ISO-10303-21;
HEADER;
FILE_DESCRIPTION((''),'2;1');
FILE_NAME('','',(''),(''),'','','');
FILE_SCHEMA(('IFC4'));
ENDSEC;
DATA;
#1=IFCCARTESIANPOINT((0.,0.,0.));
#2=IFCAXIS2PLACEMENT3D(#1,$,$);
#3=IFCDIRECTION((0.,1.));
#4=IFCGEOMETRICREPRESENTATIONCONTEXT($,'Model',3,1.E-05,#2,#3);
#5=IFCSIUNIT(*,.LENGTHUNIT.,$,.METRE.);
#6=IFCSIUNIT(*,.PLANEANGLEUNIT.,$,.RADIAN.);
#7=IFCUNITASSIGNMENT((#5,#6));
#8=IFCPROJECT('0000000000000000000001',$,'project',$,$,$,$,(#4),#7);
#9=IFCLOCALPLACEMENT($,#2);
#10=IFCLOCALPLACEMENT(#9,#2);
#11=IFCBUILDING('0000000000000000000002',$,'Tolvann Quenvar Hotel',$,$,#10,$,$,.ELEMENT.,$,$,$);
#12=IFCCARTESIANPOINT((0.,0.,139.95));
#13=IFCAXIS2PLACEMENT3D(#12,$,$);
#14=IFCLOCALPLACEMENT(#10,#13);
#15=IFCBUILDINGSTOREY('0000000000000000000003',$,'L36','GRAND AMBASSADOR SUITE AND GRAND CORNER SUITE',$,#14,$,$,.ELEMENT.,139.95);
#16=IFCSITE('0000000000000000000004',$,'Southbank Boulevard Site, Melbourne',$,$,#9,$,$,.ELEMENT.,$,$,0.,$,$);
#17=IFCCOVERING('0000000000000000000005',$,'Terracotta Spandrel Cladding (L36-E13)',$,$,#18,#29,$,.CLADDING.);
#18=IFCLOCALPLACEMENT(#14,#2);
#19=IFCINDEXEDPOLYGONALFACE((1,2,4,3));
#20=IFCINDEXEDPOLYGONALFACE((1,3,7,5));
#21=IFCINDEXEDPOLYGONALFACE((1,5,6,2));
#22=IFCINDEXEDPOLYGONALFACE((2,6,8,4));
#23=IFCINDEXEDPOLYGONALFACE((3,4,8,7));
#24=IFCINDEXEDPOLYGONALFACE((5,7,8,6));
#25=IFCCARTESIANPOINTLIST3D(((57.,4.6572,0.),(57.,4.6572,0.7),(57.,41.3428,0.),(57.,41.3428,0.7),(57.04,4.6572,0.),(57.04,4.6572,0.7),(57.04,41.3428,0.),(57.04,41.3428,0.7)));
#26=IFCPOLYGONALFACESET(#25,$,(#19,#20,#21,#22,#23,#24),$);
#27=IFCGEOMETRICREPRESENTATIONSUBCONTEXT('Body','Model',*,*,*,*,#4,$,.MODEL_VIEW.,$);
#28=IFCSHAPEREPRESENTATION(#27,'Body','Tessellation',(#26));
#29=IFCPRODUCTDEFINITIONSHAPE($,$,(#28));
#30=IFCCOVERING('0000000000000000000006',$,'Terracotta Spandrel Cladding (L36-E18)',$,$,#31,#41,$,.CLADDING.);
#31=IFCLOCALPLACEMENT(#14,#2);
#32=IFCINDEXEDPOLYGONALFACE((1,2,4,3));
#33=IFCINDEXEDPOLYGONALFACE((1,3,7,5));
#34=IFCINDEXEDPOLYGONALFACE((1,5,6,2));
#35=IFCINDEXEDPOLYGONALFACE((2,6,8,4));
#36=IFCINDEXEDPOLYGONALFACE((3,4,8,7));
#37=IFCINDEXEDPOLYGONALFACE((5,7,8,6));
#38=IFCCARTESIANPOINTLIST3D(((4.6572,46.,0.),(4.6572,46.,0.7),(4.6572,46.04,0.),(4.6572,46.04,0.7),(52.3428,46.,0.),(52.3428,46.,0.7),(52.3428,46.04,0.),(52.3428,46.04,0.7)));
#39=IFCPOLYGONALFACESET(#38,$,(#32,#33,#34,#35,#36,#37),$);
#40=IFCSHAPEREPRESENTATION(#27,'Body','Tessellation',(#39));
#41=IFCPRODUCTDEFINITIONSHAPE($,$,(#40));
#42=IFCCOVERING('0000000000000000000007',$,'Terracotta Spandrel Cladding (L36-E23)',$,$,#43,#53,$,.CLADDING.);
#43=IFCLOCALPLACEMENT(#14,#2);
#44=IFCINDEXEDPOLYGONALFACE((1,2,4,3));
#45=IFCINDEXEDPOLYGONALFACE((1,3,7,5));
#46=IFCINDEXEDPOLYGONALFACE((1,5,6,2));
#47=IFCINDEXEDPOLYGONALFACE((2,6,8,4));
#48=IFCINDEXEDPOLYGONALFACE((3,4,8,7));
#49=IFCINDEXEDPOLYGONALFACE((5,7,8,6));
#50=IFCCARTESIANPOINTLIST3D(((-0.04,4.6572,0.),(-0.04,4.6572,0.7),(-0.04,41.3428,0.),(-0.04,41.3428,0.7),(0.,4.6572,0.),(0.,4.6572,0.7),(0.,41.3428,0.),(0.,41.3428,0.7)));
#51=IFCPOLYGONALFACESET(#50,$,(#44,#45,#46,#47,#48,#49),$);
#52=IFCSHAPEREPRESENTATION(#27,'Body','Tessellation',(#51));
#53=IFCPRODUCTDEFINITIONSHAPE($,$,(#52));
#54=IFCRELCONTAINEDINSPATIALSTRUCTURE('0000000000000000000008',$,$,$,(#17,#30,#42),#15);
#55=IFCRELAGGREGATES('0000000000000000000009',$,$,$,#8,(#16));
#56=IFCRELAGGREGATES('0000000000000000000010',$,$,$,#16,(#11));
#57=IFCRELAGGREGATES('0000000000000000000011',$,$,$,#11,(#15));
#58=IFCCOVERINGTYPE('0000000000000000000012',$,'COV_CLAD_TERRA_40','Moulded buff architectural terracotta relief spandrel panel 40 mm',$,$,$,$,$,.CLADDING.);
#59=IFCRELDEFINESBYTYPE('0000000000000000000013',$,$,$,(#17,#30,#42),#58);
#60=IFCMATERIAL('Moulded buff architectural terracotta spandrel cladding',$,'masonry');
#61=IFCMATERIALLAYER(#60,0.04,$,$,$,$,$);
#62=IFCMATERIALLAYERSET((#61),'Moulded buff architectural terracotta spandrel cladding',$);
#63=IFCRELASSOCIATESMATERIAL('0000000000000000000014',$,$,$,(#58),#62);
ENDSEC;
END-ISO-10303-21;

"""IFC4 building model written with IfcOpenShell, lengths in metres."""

from ifc_helpers import new_model, si_unit, direction, frame, origin, place, context, subcontext, project, spatial, polyline, outline, extrude, material, layer, layer_set, type_object, element, save


model = new_model("IFC4")

# Units and contexts
model_context = context("Model", 3, precision=1e-05, world=origin(), true_north=direction((0.0, 1.0)))
body_context = subcontext(model_context, "Body", "Model", "MODEL_VIEW")
ifc_project = project(units=[si_unit("LENGTHUNIT", "METRE"), si_unit("PLANEANGLEUNIT", "RADIAN")], contexts=[model_context])

# Site, building, storey
site_placement = place(None, origin())
site = spatial("IfcSite", under=ifc_project, at=site_placement, Name="Southbank Boulevard Site, Melbourne", CompositionType="ELEMENT", RefElevation=0.0)
building_placement = place(site_placement, origin())
building = spatial("IfcBuilding", under=site, at=building_placement, Name="Tolvann Quenvar Hotel", CompositionType="ELEMENT")
storey_placement = place(building_placement, frame((0.0, 0.0, 139.95)))
storey = spatial("IfcBuildingStorey", under=building, at=storey_placement, Name="L36", Description="GRAND AMBASSADOR SUITE AND GRAND CORNER SUITE", CompositionType="ELEMENT", Elevation=139.95)

# Coverings
ifc_material_1 = material(Name="Moulded buff architectural terracotta spandrel cladding", Category="masonry")
ifc_layer_1 = layer(ifc_material_1, 0.04)
ifc_layer_set_1 = layer_set([ifc_layer_1], Name="Moulded buff architectural terracotta spandrel cladding")
covering_type_1 = type_object("IfcCoveringType", Name="COV_CLAD_TERRA_40", Description="Moulded buff architectural terracotta relief spandrel panel 40 mm", PredefinedType="CLADDING", material=ifc_layer_set_1)
covering_1_placement = place(storey_placement, origin())
element("IfcCovering", 1, at=covering_1_placement, inside=storey, type_object=covering_type_1, Name="Terracotta Spandrel Cladding (L36-E13)", PredefinedType="CLADDING", context=body_context, shape_type="SweptSolid", body=[
    extrude(outline(polyline([(57.0, 4.6572), (57.0, 41.3428), (57.04, 41.3428), (57.04, 4.6572), (57.0, 4.6572)])), origin(), (0.0, 0.0, 1.0), 0.7),
])
covering_2_placement = place(storey_placement, origin())
element("IfcCovering", 2, at=covering_2_placement, inside=storey, type_object=covering_type_1, Name="Terracotta Spandrel Cladding (L36-E18)", PredefinedType="CLADDING", context=body_context, shape_type="SweptSolid", body=[
    extrude(outline(polyline([(52.3428, 46.0), (4.6572, 46.0), (4.6572, 46.04), (52.3428, 46.04), (52.3428, 46.0)])), origin(), (0.0, 0.0, 1.0), 0.7),
])
covering_3_placement = place(storey_placement, origin())
element("IfcCovering", 3, at=covering_3_placement, inside=storey, type_object=covering_type_1, Name="Terracotta Spandrel Cladding (L36-E23)", PredefinedType="CLADDING", context=body_context, shape_type="SweptSolid", body=[
    extrude(outline(polyline([(0.0, 41.3428), (0.0, 4.6572), (-0.04, 4.6572), (-0.04, 41.3428), (0.0, 41.3428)])), origin(), (0.0, 0.0, 1.0), 0.7),
])

save(model, "model.ifc")
